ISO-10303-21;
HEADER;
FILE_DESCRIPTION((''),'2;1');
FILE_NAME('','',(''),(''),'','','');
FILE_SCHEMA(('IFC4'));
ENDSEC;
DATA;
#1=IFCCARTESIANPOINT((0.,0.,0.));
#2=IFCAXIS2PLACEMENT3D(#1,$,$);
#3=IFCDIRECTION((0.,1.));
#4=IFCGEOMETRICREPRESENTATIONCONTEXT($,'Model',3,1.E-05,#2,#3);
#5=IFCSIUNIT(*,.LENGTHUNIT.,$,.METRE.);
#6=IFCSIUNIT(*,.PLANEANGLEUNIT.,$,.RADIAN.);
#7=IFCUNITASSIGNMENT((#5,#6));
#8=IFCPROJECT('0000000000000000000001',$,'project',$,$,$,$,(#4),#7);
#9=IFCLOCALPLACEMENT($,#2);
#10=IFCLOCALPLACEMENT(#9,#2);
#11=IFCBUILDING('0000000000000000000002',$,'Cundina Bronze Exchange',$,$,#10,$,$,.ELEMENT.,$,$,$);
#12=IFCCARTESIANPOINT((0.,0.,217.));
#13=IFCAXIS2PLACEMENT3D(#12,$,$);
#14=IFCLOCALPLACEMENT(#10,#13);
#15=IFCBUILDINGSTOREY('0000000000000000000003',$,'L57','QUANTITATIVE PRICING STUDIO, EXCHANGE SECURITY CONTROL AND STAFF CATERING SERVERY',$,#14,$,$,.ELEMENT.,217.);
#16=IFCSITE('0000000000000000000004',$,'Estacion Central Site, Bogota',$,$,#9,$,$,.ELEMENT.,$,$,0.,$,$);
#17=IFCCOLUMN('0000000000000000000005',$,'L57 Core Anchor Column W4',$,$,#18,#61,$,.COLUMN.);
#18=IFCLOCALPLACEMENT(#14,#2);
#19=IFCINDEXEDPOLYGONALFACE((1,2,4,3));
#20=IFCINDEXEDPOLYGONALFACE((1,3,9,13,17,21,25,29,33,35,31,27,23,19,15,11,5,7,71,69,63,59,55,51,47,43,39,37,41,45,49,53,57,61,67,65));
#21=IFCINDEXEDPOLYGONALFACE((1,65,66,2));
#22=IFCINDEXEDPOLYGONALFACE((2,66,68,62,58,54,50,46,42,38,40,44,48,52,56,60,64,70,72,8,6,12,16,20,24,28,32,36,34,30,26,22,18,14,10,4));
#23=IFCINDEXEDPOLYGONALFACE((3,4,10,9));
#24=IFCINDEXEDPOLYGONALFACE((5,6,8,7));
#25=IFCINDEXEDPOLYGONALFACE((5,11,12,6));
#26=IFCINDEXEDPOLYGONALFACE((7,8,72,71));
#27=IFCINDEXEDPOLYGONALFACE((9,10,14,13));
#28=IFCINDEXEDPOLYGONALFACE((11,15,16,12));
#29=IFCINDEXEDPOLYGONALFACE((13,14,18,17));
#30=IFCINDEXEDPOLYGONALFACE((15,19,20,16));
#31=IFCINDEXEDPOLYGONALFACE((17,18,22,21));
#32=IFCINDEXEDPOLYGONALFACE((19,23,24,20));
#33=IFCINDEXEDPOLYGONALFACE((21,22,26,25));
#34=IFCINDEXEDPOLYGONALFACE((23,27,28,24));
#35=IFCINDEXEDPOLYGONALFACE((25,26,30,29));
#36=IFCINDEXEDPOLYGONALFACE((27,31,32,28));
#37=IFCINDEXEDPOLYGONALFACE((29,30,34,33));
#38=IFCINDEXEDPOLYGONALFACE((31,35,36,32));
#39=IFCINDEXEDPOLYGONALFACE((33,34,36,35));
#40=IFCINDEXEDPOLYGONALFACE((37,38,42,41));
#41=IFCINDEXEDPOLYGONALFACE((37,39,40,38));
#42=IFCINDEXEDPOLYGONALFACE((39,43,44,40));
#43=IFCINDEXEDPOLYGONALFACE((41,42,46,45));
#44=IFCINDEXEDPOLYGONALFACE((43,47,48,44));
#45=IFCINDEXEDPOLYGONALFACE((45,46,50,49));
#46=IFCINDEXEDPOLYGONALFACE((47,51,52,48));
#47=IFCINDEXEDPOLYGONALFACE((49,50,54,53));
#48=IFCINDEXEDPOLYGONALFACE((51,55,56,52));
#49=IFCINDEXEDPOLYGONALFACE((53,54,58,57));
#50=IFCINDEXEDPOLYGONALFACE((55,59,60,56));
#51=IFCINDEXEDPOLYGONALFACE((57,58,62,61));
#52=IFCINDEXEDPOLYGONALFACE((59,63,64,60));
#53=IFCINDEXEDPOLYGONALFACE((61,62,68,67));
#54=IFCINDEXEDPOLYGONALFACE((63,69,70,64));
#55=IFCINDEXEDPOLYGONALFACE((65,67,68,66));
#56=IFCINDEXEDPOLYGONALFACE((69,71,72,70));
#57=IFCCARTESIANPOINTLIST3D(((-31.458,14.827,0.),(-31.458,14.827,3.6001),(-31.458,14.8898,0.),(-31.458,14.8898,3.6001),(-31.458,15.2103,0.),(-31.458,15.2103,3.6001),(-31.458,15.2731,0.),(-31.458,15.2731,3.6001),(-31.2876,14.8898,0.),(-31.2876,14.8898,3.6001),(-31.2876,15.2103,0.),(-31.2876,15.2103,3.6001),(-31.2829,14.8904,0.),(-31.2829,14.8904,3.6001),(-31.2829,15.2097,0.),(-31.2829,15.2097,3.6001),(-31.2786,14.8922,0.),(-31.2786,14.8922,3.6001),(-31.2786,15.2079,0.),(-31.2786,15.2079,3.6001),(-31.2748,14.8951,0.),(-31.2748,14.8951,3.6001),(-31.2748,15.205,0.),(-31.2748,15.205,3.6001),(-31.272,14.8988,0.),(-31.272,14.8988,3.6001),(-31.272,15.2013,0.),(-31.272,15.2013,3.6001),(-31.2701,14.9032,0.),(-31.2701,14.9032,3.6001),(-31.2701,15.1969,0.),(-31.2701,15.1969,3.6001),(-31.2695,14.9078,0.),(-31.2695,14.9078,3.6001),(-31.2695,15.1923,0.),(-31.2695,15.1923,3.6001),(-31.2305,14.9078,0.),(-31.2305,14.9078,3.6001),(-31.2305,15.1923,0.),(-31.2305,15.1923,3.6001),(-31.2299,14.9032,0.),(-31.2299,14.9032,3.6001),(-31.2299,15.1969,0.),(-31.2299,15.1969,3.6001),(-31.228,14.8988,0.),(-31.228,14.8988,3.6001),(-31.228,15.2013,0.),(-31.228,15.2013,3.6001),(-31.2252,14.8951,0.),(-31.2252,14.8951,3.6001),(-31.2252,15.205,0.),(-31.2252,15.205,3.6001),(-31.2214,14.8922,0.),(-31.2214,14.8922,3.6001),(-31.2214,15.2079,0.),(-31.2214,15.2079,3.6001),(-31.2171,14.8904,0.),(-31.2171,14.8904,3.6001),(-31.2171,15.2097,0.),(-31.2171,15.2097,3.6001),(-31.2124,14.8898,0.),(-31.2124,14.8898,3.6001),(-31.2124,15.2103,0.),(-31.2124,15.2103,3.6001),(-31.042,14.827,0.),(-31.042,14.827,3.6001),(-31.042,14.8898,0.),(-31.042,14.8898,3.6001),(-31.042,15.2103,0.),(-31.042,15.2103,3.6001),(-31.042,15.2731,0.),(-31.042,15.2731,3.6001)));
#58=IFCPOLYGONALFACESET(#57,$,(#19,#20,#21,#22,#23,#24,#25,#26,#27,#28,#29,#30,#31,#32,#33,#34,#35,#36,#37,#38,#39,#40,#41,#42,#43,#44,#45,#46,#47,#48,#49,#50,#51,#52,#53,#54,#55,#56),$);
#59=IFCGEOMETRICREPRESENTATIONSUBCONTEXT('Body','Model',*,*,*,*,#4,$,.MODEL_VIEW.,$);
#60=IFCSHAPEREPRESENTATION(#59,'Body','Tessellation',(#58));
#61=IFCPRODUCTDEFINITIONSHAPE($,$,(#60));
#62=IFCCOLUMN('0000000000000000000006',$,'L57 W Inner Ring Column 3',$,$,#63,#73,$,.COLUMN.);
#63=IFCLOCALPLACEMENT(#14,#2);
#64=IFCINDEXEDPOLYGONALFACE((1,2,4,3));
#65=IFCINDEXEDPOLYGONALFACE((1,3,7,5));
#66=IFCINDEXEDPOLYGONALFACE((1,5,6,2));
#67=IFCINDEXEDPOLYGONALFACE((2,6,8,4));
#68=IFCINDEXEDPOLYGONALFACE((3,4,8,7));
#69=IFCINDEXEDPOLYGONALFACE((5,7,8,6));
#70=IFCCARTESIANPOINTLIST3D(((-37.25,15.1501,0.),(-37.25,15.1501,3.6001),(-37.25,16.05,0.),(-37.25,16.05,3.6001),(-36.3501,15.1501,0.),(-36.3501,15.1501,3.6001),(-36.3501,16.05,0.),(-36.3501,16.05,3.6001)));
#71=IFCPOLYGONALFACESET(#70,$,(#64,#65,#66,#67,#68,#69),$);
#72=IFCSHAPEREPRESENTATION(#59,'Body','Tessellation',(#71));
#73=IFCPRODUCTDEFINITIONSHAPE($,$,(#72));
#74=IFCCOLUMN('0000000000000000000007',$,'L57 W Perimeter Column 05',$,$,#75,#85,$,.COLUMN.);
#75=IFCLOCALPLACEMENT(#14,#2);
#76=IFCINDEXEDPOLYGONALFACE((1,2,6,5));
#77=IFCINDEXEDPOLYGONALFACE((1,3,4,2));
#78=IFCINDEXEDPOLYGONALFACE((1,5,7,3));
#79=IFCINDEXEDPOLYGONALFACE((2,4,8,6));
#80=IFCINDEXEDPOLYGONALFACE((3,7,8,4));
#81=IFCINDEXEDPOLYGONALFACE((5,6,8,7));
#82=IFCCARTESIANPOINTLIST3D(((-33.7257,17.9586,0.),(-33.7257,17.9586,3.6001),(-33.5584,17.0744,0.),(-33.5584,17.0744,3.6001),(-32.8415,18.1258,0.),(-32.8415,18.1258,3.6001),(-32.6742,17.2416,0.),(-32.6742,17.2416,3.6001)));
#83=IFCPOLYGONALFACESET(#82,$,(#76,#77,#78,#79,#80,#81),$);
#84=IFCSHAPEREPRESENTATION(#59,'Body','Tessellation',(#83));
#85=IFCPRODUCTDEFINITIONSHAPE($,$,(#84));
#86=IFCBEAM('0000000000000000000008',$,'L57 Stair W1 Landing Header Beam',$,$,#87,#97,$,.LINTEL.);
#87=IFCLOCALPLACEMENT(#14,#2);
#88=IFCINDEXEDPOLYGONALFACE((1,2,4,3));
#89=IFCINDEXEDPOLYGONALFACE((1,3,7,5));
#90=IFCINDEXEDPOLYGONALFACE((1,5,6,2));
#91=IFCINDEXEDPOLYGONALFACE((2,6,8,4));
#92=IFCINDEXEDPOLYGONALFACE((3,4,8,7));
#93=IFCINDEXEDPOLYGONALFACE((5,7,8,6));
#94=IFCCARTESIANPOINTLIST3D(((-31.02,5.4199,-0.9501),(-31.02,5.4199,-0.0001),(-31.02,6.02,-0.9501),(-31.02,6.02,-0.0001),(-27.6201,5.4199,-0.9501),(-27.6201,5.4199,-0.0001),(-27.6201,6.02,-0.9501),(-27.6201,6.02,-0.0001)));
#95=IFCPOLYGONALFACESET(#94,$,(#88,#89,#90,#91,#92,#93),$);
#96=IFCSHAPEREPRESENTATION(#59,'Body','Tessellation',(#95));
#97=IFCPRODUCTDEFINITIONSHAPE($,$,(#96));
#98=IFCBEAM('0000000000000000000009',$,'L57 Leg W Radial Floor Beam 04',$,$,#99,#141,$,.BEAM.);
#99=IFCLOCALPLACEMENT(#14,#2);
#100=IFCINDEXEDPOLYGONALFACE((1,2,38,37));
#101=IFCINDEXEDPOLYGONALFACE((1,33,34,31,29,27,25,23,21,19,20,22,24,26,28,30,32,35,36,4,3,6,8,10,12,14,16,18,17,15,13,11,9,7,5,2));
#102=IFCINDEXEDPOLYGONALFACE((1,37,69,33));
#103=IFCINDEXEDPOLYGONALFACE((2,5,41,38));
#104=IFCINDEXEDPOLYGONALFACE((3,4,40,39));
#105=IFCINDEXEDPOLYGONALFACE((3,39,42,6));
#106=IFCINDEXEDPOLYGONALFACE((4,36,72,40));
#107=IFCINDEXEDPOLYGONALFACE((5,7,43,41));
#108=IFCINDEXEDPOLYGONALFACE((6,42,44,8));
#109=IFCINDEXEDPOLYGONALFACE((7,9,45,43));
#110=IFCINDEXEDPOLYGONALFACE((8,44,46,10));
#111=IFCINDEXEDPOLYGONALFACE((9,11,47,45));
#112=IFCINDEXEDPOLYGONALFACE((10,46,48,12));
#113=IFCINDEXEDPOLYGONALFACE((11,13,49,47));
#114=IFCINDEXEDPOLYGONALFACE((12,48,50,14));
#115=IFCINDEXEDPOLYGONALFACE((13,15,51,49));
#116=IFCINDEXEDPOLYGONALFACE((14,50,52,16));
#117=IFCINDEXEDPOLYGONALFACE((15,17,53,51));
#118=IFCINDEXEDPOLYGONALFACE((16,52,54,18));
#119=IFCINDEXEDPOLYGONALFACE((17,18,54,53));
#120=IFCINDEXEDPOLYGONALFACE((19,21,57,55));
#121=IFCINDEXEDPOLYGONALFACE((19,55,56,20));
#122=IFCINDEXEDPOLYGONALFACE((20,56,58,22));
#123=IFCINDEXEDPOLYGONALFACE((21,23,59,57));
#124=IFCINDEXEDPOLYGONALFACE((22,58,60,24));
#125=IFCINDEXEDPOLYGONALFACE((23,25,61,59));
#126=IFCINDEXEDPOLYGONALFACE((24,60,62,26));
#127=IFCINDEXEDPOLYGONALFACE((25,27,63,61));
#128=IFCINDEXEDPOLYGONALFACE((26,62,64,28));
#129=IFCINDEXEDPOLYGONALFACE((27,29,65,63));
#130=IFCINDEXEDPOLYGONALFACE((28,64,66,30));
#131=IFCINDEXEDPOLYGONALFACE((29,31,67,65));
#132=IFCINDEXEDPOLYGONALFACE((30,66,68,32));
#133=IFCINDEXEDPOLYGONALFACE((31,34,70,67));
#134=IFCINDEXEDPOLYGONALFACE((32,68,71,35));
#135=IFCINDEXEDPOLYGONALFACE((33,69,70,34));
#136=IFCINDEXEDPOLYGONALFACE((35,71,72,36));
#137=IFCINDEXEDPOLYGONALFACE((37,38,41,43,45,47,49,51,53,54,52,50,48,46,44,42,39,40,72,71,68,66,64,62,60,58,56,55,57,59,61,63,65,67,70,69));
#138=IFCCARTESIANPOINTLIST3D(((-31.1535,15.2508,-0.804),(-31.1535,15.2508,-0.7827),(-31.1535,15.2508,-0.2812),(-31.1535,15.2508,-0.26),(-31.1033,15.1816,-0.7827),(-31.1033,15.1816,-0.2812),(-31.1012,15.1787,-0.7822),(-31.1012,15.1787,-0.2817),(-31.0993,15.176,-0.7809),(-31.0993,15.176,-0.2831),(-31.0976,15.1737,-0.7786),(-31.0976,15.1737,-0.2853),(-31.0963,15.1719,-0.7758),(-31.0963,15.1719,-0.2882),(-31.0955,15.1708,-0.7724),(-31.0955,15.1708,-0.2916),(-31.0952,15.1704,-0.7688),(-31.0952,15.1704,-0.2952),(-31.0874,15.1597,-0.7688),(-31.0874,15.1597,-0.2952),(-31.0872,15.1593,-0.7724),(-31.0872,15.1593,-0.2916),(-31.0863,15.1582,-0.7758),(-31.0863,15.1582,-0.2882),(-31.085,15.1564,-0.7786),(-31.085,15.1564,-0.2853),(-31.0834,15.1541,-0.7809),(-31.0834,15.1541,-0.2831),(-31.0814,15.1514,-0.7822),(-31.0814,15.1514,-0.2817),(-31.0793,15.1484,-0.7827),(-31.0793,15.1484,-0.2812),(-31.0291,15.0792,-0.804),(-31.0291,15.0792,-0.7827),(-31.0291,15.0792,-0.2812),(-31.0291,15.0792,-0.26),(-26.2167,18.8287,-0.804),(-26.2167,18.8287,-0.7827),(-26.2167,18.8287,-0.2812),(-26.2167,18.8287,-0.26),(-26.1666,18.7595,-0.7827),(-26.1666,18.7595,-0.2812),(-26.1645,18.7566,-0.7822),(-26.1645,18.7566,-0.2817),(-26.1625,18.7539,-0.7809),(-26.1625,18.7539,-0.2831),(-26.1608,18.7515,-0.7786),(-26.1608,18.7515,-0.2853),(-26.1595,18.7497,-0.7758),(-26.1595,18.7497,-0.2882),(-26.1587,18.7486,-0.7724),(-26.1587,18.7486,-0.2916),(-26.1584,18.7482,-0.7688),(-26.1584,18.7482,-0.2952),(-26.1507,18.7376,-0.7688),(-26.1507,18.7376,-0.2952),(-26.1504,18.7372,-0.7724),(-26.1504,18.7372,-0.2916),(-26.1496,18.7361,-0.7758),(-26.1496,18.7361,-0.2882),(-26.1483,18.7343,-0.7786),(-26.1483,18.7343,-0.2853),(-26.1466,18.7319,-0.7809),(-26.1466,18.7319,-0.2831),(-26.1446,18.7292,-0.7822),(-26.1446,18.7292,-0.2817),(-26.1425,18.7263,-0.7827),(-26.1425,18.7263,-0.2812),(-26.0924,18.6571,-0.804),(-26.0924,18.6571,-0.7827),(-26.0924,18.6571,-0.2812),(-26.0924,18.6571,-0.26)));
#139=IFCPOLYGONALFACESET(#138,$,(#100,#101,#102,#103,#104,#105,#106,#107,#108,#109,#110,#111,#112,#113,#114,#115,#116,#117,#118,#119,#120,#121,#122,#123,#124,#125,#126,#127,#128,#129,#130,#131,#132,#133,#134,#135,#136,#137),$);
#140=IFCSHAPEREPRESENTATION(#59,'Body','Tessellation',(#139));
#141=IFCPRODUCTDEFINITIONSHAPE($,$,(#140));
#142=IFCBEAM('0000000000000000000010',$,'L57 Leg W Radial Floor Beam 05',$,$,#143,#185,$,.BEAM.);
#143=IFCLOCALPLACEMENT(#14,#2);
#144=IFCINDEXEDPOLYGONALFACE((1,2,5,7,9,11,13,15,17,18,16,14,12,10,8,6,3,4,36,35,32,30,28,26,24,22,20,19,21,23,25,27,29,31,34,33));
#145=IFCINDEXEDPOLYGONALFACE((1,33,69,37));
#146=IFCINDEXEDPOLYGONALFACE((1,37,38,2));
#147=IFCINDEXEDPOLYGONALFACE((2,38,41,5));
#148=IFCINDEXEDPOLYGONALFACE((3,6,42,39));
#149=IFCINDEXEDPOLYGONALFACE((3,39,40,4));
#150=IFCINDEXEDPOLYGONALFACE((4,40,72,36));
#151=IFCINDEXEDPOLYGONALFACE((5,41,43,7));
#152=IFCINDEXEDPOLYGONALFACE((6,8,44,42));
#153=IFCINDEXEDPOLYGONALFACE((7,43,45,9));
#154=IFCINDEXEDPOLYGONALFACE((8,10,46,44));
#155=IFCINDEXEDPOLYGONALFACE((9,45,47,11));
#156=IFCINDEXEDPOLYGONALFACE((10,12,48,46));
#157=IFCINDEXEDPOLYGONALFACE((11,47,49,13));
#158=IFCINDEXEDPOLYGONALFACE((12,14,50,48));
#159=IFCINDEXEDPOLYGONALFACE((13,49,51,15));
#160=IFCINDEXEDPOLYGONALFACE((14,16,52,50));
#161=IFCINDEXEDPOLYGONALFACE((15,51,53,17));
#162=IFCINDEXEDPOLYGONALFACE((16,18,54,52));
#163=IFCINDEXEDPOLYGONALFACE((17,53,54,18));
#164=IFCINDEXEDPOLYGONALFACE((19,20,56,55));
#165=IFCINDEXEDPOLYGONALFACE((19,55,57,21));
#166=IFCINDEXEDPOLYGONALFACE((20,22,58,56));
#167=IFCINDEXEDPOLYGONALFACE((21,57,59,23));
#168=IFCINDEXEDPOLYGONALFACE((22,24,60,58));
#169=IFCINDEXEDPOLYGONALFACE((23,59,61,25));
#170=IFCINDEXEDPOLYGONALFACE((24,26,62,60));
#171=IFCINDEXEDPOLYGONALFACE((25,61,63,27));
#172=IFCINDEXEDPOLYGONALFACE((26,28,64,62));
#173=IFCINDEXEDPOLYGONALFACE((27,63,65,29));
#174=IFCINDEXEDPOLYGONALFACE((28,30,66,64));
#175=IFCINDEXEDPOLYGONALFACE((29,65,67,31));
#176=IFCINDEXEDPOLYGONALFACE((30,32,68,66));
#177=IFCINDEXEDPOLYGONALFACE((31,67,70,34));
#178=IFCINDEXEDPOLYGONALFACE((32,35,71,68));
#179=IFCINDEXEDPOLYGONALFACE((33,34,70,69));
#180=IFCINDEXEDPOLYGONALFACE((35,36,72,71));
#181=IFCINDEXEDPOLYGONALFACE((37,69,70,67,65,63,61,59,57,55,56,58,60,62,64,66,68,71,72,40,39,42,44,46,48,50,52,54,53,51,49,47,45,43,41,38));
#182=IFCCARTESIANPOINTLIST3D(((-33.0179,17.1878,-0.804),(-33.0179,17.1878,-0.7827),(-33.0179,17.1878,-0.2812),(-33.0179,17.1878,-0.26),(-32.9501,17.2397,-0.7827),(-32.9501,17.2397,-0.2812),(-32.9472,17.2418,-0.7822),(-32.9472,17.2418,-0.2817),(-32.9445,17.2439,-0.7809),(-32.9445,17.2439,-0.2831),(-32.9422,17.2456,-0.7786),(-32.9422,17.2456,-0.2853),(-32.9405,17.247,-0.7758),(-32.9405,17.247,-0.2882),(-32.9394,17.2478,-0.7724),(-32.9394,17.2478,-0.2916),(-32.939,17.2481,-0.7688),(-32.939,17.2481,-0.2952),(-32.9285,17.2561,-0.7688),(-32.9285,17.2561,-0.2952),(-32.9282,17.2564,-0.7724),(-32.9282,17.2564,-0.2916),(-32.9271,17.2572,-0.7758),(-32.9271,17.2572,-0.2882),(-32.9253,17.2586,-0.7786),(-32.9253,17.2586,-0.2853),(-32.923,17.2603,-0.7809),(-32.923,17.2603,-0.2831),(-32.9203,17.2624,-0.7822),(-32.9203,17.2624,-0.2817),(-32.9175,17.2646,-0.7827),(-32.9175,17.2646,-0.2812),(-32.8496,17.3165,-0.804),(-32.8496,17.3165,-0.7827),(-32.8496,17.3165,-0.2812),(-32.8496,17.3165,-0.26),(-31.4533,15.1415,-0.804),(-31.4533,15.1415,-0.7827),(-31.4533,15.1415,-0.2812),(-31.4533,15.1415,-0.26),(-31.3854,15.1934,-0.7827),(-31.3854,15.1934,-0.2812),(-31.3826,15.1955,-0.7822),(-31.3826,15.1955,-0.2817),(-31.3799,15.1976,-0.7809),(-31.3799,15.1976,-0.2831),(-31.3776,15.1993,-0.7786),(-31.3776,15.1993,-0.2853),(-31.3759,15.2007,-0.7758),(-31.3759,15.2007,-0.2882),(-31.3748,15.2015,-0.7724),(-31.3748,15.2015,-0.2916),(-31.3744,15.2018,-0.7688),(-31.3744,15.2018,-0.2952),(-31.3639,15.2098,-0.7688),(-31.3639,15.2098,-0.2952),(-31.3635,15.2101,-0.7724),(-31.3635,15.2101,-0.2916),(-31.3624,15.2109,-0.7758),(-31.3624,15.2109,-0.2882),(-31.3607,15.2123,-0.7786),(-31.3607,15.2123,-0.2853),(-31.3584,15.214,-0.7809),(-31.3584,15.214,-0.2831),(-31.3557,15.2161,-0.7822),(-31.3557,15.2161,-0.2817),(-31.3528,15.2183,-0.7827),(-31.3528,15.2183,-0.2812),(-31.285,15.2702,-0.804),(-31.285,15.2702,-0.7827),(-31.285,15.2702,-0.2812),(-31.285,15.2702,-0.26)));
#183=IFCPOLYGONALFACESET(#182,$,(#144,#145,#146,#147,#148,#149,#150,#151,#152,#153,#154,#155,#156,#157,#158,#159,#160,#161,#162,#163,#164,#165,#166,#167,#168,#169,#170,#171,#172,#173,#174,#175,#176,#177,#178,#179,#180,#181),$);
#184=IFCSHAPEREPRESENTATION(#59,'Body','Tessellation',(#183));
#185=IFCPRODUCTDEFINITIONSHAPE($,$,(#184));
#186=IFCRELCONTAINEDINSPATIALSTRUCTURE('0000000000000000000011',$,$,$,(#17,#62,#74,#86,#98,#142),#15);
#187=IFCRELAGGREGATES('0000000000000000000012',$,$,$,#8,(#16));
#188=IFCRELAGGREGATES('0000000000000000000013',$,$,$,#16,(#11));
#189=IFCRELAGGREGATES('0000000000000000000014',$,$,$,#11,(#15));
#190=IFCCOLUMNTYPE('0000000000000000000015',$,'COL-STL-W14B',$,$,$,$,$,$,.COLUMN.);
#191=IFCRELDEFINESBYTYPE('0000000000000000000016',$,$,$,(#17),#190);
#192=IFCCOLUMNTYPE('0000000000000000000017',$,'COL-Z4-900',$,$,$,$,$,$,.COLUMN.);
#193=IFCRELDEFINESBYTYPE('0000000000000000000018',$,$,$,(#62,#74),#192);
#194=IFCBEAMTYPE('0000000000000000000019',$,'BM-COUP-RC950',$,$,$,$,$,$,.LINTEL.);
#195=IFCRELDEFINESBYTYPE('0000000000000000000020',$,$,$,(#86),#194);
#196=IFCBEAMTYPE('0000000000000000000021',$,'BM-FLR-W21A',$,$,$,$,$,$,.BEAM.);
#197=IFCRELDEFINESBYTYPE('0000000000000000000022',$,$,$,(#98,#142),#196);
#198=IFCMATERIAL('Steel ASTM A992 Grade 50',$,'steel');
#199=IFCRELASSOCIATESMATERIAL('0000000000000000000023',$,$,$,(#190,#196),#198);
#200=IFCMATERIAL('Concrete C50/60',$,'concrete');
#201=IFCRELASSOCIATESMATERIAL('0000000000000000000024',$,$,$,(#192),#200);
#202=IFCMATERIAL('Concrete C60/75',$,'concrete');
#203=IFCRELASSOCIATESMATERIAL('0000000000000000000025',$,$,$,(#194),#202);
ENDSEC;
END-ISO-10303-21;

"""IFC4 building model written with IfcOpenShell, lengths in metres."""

from ifc_helpers import new_model, si_unit, direction, frame, origin, origin_2d, place, context, subcontext, project, spatial, rectangle, i_section, extrude, material, material_profile, profile_set, type_object, element, save


model = new_model("IFC4")

# Units and contexts
model_context = context("Model", 3, precision=1e-05, world=origin(), true_north=direction((0.0, 1.0)))
body_context = subcontext(model_context, "Body", "Model", "MODEL_VIEW")
ifc_project = project(units=[si_unit("LENGTHUNIT", "METRE"), si_unit("PLANEANGLEUNIT", "RADIAN")], contexts=[model_context])

# Site, building, storey
site_placement = place(None, origin())
site = spatial("IfcSite", under=ifc_project, at=site_placement, Name="Estacion Central Site, Bogota", CompositionType="ELEMENT", RefElevation=0.0)
building_placement = place(site_placement, origin())
building = spatial("IfcBuilding", under=site, at=building_placement, Name="Cundina Bronze Exchange", CompositionType="ELEMENT")
storey_placement = place(building_placement, frame((0.0, 0.0, 217.0)))
storey = spatial("IfcBuildingStorey", under=building, at=storey_placement, Name="L57", Description="QUANTITATIVE PRICING STUDIO, EXCHANGE SECURITY CONTROL AND STAFF CATERING SERVERY", CompositionType="ELEMENT", Elevation=217.0)

# Columns
ifc_material_1 = material(Name="Steel ASTM A992 Grade 50", Category="steel")
ifc_material_profile_1 = material_profile(ifc_material_1, i_section(OverallWidth=0.416, OverallDepth=0.446, WebThickness=0.0391, FlangeThickness=0.0627, FilletRadius=0.0181, at=origin_2d()), Name="W14X342", Category="steel")
ifc_profile_set_1 = profile_set([ifc_material_profile_1], Name="Steel ASTM A992 Grade 50")
column_type_1 = type_object("IfcColumnType", Name="COL-STL-W14B", PredefinedType="COLUMN", material=ifc_profile_set_1)
column_placement = place(storey_placement, frame((-31.25, 15.05, 0.0), z_axis=(0.0, 0.0, 1.0), x_axis=(1.0, 0.0, 0.0)))
element("IfcColumn", 1, at=column_placement, inside=storey, type_object=column_type_1, Name="L57 Core Anchor Column W4", PredefinedType="COLUMN", context=body_context, shape_type="SweptSolid", body=[
    extrude(i_section(OverallWidth=0.416, OverallDepth=0.446, WebThickness=0.0391, FlangeThickness=0.0627, FilletRadius=0.0181, at=origin_2d()), origin(), (0.0, 0.0, 1.0), 3.6001),
])
ifc_material_2 = material(Name="Concrete C50/60", Category="concrete")
ifc_material_profile_2 = material_profile(ifc_material_2, rectangle(XDim=0.8999, YDim=0.8999, at=origin_2d()), Name="RC900X900", Category="concrete")
ifc_profile_set_2 = profile_set([ifc_material_profile_2], Name="Concrete C50/60")
column_type_2 = type_object("IfcColumnType", Name="COL-Z4-900", PredefinedType="COLUMN", material=ifc_profile_set_2)
for number, where, z_axis, x_axis, name in (
    (2, (-36.8, 15.6001, 0.0), (0.0, 0.0, 1.0), (1.0, 0.0, 0.0), "L57 W Inner Ring Column 3"),
    (3, (-33.2, 17.6001, 0.0), (0.0, 0.0, 1.0), (-0.98258, -0.185838, 0.0), "L57 W Perimeter Column 05"),
):
    element("IfcColumn", number, at=place(storey_placement, frame(where, z_axis=z_axis, x_axis=x_axis)), inside=storey, type_object=column_type_2, Name=name, PredefinedType="COLUMN", context=body_context, shape_type="SweptSolid", body=[
        extrude(rectangle(XDim=0.8999, YDim=0.8999, at=origin_2d()), origin(), (0.0, 0.0, 1.0), 3.6001),
    ])

# Beams
ifc_material_3 = material(Name="Concrete C60/75", Category="concrete")
ifc_material_profile_3 = material_profile(ifc_material_3, rectangle(XDim=0.6001, YDim=0.95, at=origin_2d()), Name="RC600X950", Category="concrete")
ifc_profile_set_3 = profile_set([ifc_material_profile_3], Name="Concrete C60/75")
beam_type_1 = type_object("IfcBeamType", Name="BM-COUP-RC950", PredefinedType="LINTEL", material=ifc_profile_set_3)
beam_1_placement = place(storey_placement, frame((-31.02, 5.72, -0.4751), z_axis=(1.0, 0.0, 0.0), x_axis=(0.0, 1.0, 0.0)))
element("IfcBeam", 4, at=beam_1_placement, inside=storey, type_object=beam_type_1, Name="L57 Stair W1 Landing Header Beam", PredefinedType="LINTEL", context=body_context, shape_type="SweptSolid", body=[
    extrude(rectangle(XDim=0.6001, YDim=0.95, at=origin_2d()), origin(), (0.0, 0.0, 1.0), 3.3999),
])
ifc_material_profile_4 = material_profile(ifc_material_1, i_section(OverallWidth=0.2119, OverallDepth=0.5439, WebThickness=0.0132, FlangeThickness=0.0212, FilletRadius=0.0139, at=origin_2d()), Name="W21X83", Category="steel")
ifc_profile_set_4 = profile_set([ifc_material_profile_4], Name="Steel ASTM A992 Grade 50")
beam_type_2 = type_object("IfcBeamType", Name="BM-FLR-W21A", PredefinedType="BEAM", material=ifc_profile_set_4)
beam_2_placement = place(storey_placement, frame((-31.0913, 15.165, -0.532), z_axis=(0.80971, 0.58683, 0.0), x_axis=(-0.58683, 0.80971, 0.0)))
element("IfcBeam", 5, at=beam_2_placement, inside=storey, type_object=beam_type_2, Name="L57 Leg W Radial Floor Beam 04", PredefinedType="BEAM", context=body_context, shape_type="SweptSolid", body=[
    extrude(i_section(OverallWidth=0.2119, OverallDepth=0.5439, WebThickness=0.0132, FlangeThickness=0.0212, FilletRadius=0.0139, at=origin_2d()), origin(), (0.0, 0.0, 1.0), 6.0969),
])
beam_3_placement = place(storey_placement, frame((-31.3691, 15.2058, -0.532), z_axis=(-0.607404, 0.794393, 0.0), x_axis=(-0.794393, -0.607404, 0.0)))
element("IfcBeam", 6, at=beam_3_placement, inside=storey, type_object=beam_type_2, Name="L57 Leg W Radial Floor Beam 05", PredefinedType="BEAM", context=body_context, shape_type="SweptSolid", body=[
    extrude(i_section(OverallWidth=0.2119, OverallDepth=0.5439, WebThickness=0.0132, FlangeThickness=0.0212, FilletRadius=0.0139, at=origin_2d()), origin(), (0.0, 0.0, 1.0), 2.5759),
])

save(model, "model.ifc")
